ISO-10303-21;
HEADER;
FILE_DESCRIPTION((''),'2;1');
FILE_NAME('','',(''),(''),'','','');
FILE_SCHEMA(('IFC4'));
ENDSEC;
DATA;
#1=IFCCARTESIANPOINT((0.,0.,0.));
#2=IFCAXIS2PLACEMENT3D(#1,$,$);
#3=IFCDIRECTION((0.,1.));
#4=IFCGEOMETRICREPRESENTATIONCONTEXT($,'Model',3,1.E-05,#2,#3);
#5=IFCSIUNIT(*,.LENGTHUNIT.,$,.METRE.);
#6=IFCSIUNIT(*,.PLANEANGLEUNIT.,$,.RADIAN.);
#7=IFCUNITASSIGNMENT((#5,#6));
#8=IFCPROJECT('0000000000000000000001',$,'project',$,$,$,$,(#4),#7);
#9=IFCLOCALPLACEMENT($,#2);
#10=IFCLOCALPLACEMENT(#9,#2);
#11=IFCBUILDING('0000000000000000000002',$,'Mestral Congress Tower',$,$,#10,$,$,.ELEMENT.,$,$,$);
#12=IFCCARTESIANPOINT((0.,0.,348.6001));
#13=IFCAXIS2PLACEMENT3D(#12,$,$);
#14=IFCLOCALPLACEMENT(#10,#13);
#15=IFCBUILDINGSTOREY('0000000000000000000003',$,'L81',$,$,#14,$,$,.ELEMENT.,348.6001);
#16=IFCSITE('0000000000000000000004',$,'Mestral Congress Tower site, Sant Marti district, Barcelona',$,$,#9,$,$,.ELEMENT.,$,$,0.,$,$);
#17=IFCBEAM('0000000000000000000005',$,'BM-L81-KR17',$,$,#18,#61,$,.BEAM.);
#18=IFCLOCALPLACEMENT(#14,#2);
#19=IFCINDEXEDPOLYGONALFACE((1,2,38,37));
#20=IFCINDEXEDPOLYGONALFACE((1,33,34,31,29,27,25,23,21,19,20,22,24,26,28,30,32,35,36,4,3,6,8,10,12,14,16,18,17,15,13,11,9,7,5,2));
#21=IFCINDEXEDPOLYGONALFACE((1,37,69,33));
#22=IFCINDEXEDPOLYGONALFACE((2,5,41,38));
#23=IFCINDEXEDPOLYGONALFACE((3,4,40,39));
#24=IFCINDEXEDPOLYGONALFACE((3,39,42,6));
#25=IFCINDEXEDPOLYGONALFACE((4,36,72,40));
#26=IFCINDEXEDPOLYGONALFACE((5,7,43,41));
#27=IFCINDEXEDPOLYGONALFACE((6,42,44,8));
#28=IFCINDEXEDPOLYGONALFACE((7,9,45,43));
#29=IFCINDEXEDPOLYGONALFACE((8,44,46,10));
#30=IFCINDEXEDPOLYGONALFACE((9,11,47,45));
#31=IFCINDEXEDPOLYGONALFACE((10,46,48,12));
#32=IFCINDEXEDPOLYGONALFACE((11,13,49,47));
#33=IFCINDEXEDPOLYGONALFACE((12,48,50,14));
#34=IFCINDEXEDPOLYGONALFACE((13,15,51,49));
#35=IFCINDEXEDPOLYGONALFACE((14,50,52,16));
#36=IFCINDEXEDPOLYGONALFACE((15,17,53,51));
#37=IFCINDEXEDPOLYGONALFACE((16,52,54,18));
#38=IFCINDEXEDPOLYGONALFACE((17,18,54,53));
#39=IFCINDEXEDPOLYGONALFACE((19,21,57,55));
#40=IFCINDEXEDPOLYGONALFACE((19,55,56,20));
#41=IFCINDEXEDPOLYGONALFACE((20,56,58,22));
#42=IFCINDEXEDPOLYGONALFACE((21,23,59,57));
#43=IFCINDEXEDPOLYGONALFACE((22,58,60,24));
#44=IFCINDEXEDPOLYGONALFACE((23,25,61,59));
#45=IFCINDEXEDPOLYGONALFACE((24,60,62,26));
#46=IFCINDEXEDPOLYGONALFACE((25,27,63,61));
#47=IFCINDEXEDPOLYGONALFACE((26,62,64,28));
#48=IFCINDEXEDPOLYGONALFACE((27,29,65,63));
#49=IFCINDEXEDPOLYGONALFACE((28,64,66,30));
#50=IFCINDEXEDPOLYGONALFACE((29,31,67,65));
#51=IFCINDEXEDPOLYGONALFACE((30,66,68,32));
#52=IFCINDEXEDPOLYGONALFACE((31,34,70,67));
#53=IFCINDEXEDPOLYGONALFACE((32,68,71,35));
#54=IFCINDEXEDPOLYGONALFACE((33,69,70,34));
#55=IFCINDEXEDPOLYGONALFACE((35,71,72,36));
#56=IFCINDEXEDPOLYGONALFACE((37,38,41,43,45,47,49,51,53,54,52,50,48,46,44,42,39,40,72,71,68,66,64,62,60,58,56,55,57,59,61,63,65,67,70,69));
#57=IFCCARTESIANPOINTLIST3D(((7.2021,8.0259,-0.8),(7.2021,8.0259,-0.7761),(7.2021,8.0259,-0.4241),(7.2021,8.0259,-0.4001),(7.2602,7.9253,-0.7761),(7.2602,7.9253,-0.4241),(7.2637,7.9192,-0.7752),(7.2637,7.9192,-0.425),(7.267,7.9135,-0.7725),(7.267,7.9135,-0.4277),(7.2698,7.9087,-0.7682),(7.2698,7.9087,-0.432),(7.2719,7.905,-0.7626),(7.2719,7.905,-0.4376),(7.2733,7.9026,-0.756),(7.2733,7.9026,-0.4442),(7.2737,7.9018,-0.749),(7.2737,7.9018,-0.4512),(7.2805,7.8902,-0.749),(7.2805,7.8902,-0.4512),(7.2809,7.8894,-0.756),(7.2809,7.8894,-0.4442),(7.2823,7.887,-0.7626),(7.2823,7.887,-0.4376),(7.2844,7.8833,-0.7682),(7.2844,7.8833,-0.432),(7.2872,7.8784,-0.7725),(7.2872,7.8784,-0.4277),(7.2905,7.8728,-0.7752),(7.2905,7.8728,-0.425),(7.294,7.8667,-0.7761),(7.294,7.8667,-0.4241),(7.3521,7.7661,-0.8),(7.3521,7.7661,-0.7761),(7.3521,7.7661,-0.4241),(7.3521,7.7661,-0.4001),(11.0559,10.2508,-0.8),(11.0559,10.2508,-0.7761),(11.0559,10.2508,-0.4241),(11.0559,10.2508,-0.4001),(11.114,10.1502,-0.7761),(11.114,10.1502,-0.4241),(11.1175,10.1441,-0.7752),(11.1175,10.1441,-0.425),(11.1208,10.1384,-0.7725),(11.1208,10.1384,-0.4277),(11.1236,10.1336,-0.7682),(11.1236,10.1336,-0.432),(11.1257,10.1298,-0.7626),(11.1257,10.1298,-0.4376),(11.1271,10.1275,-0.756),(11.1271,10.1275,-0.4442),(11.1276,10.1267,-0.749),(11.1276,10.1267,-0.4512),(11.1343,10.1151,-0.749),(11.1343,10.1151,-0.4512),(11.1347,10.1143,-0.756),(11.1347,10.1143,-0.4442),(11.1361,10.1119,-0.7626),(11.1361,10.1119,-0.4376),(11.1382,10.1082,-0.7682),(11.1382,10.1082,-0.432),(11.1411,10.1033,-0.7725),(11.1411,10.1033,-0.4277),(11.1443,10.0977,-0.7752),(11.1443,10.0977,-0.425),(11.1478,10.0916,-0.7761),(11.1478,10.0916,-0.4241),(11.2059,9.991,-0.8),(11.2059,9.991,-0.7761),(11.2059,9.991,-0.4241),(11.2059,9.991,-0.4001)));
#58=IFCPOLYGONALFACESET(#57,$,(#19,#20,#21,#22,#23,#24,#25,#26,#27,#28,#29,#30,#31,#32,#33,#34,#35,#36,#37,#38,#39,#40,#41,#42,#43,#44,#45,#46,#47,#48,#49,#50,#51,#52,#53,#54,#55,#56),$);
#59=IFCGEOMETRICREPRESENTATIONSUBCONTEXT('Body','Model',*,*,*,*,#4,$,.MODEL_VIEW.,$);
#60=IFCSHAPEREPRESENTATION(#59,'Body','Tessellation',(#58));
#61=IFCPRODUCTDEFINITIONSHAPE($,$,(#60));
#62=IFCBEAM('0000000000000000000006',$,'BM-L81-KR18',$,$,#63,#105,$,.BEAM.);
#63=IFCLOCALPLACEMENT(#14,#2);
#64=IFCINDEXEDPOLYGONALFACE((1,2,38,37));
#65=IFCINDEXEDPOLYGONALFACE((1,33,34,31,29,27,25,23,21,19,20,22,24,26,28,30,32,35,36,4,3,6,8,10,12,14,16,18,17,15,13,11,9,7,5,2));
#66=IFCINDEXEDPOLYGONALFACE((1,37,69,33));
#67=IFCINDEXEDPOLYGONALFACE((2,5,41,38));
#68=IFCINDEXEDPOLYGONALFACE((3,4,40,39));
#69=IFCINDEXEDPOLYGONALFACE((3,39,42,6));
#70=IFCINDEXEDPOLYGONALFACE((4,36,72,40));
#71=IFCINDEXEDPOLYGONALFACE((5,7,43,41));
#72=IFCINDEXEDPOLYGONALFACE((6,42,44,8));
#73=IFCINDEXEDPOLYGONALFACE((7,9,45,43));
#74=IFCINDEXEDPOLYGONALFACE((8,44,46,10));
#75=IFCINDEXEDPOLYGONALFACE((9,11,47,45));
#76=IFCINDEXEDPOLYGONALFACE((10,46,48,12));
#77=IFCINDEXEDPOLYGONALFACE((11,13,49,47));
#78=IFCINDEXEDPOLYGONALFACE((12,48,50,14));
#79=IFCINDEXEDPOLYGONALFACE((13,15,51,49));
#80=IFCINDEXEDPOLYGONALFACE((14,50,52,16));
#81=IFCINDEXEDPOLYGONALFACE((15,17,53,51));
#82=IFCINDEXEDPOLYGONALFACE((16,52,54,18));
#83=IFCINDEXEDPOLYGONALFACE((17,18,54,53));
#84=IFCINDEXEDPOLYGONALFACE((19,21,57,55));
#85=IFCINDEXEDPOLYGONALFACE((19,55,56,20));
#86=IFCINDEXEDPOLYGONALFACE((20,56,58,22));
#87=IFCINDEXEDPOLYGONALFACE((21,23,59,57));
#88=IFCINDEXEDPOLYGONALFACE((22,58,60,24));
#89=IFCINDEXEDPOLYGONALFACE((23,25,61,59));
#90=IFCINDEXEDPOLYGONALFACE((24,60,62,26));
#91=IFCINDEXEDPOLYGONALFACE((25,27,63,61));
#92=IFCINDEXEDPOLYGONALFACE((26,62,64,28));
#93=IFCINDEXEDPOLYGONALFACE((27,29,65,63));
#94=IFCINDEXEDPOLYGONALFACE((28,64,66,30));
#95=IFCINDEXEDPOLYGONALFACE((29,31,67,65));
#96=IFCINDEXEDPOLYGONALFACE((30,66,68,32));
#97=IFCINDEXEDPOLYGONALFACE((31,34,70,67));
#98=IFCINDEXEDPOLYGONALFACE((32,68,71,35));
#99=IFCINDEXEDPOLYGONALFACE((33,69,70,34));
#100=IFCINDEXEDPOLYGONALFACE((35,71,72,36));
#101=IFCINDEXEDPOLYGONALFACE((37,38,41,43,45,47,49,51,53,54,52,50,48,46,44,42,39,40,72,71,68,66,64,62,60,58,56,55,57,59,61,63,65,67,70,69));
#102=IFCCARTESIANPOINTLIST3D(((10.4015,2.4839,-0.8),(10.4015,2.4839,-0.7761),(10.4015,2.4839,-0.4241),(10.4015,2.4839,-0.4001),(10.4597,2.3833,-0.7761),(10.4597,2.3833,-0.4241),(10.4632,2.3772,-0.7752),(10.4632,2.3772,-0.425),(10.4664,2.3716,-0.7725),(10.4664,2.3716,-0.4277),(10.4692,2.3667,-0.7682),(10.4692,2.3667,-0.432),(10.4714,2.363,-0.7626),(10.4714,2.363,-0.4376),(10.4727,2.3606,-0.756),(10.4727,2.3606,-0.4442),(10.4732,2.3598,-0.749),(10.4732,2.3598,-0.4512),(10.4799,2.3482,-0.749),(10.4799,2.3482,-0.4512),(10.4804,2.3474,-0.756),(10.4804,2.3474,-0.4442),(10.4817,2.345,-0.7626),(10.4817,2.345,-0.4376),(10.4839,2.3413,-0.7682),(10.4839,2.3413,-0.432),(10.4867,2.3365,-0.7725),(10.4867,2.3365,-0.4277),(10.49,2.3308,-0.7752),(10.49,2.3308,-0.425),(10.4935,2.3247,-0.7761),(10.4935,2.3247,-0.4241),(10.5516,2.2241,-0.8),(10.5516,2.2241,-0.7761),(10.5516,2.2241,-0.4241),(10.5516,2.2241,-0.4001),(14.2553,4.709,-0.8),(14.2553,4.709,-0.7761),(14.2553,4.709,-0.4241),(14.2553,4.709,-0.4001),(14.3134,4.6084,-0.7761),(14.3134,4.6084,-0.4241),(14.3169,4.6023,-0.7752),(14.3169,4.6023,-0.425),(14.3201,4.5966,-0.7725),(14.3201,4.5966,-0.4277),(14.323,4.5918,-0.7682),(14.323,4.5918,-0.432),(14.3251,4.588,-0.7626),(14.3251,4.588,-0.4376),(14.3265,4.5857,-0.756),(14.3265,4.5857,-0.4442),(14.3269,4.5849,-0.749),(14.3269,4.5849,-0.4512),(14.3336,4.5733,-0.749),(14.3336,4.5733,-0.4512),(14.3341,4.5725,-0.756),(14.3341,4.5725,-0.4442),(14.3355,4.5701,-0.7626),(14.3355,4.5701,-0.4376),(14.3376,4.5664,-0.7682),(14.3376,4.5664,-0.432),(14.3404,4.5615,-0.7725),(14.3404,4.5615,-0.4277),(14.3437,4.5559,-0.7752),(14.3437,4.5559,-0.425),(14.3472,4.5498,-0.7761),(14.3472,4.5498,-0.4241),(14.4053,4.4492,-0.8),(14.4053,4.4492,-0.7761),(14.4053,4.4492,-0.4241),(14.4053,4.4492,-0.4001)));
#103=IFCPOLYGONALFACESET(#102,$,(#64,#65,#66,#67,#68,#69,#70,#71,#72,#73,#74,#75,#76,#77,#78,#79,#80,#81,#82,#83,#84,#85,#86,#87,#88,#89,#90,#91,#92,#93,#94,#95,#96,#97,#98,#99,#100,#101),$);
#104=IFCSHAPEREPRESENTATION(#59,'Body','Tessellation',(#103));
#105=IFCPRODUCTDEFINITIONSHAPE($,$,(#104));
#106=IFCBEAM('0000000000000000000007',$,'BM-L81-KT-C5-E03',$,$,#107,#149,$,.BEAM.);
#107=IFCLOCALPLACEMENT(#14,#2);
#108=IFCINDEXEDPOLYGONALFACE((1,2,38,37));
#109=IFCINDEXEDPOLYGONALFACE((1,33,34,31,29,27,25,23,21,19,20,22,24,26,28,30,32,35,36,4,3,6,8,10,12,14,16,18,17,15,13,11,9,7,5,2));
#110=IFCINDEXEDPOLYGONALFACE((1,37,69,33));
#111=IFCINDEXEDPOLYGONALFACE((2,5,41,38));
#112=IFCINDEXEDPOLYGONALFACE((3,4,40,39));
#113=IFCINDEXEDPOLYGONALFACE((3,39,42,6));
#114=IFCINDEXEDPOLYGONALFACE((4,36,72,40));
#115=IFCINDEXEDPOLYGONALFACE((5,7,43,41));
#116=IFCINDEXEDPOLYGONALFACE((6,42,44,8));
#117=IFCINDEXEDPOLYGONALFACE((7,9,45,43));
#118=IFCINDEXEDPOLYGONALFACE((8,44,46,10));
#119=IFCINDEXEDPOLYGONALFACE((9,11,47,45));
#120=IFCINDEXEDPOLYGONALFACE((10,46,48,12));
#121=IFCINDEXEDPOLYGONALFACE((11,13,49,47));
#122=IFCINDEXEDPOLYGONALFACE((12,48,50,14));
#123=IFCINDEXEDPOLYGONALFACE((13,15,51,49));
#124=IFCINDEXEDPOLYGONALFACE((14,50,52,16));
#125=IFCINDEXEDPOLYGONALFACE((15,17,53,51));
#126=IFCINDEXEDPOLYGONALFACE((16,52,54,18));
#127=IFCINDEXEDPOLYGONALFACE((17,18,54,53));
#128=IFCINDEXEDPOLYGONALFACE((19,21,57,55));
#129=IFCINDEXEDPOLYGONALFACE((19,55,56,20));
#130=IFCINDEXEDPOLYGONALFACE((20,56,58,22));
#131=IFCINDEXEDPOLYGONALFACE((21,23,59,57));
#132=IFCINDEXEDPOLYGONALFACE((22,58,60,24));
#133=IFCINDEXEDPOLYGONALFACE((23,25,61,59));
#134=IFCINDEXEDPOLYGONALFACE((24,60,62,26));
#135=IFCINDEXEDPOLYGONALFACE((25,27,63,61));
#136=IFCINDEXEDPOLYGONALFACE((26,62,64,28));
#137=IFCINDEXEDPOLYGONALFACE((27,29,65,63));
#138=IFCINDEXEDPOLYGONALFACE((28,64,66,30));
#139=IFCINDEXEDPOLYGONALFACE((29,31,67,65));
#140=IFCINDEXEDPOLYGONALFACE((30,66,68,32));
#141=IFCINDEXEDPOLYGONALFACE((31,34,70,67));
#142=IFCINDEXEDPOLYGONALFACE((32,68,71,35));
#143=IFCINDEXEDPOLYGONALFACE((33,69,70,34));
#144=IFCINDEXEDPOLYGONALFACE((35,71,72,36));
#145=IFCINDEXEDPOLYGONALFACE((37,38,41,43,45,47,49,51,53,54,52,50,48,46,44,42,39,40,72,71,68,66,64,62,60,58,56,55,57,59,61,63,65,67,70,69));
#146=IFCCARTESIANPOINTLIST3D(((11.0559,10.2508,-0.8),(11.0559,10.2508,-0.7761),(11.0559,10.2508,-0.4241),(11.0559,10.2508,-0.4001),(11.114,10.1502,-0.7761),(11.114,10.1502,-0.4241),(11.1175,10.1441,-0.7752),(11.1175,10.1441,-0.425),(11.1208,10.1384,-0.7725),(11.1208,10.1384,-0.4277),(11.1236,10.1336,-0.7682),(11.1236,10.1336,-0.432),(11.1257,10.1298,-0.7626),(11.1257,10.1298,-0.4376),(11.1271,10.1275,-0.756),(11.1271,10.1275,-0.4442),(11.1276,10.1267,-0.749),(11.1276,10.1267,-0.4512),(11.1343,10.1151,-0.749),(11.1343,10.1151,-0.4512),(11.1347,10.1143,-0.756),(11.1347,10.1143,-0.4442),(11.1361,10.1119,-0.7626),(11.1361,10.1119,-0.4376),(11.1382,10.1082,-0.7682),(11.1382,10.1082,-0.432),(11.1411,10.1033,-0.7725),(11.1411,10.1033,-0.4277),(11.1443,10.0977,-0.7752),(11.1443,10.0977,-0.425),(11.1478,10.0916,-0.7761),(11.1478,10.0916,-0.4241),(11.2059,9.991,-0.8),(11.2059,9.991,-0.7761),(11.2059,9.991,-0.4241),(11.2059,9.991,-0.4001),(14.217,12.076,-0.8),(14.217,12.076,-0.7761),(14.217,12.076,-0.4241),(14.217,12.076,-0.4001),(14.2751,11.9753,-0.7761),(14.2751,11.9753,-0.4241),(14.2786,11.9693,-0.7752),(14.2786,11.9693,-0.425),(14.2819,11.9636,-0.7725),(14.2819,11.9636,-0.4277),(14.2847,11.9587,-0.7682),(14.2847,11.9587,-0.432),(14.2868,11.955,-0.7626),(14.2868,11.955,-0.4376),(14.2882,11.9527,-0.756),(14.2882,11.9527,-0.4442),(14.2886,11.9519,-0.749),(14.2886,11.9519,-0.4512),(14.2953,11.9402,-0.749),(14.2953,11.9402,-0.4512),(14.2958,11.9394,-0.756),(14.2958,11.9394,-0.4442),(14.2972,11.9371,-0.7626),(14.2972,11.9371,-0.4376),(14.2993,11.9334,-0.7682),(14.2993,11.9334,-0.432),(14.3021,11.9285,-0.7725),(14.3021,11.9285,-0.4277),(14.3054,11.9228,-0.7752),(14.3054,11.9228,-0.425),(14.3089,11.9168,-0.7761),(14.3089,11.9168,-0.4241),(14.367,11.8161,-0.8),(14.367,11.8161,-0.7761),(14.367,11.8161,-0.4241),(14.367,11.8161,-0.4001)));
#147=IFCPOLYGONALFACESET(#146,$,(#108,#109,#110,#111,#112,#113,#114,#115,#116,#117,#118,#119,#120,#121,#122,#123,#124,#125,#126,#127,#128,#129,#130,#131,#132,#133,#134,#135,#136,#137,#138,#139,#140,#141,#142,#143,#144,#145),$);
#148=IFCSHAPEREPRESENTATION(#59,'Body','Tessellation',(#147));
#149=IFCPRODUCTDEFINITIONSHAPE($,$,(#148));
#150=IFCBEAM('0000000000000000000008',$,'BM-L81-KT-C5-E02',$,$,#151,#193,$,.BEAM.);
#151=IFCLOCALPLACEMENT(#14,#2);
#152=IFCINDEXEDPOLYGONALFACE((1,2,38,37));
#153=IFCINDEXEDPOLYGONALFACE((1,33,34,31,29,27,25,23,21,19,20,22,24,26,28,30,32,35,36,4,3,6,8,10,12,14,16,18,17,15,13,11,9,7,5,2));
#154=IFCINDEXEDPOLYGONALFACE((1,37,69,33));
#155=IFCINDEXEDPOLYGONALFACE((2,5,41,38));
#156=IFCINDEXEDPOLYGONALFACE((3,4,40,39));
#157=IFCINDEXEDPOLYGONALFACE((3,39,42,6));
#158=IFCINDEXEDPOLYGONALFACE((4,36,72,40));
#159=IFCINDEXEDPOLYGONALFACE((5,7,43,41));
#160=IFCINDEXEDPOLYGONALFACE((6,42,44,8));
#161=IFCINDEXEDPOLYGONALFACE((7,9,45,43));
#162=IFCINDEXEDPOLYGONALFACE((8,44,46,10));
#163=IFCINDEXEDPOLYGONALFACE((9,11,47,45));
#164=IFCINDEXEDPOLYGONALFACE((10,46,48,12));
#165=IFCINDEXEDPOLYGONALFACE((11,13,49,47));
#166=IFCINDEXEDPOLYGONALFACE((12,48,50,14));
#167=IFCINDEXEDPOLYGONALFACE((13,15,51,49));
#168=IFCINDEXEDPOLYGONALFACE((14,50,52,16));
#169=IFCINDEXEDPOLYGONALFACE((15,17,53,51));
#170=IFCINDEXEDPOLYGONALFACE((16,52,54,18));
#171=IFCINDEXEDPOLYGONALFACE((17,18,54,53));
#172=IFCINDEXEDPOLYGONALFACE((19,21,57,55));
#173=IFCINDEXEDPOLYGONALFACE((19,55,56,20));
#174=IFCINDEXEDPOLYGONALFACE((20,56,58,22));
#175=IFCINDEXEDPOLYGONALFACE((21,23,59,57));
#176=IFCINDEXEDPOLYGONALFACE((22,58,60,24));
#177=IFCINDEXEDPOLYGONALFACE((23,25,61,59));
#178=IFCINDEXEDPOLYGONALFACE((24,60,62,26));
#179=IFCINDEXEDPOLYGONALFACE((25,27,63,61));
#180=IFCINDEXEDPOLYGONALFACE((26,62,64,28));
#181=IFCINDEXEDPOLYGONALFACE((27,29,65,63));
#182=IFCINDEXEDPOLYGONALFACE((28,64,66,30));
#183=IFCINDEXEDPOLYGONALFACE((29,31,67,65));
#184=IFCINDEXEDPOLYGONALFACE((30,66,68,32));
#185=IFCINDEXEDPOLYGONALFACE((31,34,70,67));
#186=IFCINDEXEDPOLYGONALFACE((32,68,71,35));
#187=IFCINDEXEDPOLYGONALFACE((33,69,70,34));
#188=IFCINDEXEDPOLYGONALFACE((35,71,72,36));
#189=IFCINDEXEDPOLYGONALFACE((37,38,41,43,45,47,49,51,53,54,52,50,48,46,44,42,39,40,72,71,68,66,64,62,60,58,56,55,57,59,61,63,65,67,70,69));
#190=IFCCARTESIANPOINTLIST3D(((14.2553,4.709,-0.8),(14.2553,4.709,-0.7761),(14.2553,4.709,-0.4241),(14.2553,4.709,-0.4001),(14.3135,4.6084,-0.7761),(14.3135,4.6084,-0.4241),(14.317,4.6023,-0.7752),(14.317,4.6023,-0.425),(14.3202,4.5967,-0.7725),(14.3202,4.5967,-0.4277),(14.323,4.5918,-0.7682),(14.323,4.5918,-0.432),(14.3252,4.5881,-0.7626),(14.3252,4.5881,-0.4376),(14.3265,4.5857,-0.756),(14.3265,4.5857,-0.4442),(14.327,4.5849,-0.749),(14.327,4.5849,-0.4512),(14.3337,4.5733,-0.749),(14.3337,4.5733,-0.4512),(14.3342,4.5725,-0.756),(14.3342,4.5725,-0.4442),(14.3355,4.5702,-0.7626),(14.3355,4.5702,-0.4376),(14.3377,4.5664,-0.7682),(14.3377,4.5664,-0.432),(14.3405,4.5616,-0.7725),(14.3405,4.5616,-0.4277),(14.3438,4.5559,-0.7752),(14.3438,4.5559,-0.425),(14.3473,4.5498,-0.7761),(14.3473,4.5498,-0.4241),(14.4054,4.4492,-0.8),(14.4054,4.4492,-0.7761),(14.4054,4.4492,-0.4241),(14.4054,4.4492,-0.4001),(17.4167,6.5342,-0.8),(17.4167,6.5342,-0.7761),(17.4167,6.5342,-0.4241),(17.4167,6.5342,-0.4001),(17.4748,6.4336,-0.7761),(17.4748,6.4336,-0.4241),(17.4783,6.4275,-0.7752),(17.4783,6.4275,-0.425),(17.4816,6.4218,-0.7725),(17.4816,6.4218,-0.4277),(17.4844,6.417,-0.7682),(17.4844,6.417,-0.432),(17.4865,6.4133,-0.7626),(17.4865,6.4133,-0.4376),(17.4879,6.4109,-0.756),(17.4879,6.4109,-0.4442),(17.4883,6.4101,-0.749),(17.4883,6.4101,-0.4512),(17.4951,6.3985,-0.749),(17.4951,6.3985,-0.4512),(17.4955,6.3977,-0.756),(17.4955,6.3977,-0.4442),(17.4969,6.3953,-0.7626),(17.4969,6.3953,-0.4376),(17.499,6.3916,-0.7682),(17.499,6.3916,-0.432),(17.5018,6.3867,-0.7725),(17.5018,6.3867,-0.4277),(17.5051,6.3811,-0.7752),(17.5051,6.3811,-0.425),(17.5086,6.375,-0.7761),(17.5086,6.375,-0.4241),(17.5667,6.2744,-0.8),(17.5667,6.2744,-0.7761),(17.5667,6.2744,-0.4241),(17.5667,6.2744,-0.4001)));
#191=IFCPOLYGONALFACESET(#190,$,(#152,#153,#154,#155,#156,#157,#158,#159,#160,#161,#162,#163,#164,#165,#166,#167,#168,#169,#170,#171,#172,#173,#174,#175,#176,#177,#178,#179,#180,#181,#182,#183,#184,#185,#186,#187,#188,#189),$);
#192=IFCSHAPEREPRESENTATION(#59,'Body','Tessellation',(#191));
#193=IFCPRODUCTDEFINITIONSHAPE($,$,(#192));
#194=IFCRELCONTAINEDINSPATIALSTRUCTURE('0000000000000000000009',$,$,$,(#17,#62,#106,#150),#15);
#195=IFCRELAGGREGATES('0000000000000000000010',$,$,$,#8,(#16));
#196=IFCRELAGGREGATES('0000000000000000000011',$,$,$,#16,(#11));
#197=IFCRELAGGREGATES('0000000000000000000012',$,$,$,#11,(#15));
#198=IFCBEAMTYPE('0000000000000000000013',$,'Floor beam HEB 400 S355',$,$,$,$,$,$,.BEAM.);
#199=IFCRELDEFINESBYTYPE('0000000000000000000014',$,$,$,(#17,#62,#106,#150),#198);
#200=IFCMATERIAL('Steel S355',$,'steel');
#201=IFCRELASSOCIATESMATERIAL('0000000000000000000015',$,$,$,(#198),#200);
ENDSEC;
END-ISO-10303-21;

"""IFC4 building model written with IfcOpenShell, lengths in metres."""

from ifc_helpers import new_model, si_unit, direction, frame, origin, origin_2d, place, context, subcontext, project, spatial, i_section, extrude, material, material_profile, profile_set, type_object, element, save


model = new_model("IFC4")

# Units and contexts
model_context = context("Model", 3, precision=1e-05, world=origin(), true_north=direction((0.0, 1.0)))
body_context = subcontext(model_context, "Body", "Model", "MODEL_VIEW")
ifc_project = project(units=[si_unit("LENGTHUNIT", "METRE"), si_unit("PLANEANGLEUNIT", "RADIAN")], contexts=[model_context])

# Site, building, storey
site_placement = place(None, origin())
site = spatial("IfcSite", under=ifc_project, at=site_placement, Name="Mestral Congress Tower site, Sant Marti district, Barcelona", CompositionType="ELEMENT", RefElevation=0.0)
building_placement = place(site_placement, origin())
building = spatial("IfcBuilding", under=site, at=building_placement, Name="Mestral Congress Tower", CompositionType="ELEMENT")
storey_placement = place(building_placement, frame((0.0, 0.0, 348.6001)))
storey = spatial("IfcBuildingStorey", under=building, at=storey_placement, Name="L81", CompositionType="ELEMENT", Elevation=348.6001)

# Beams
ifc_material_1 = material(Name="Steel S355", Category="steel")
ifc_material_profile_1 = material_profile(ifc_material_1, i_section(OverallWidth=0.3, OverallDepth=0.3999, WebThickness=0.0134, FlangeThickness=0.0239, FilletRadius=0.0271, at=origin_2d()), Name="HEB 400")
ifc_profile_set_1 = profile_set([ifc_material_profile_1], Name="Steel S355")
beam_type_1 = type_object("IfcBeamType", Name="Floor beam HEB 400 S355", PredefinedType="BEAM", material=ifc_profile_set_1)
for number, where, z_axis, x_axis, name in (
    (1, (7.2771, 7.896, -0.6001), (0.866037, 0.49998, 0.0), (-0.49998, 0.866037, 0.0), "BM-L81-KR17"),
    (2, (10.4766, 2.354, -0.6001), (0.866013, 0.500022, 0.0), (-0.500022, 0.866013, 0.0), "BM-L81-KR18"),
):
    element("IfcBeam", number, at=place(storey_placement, frame(where, z_axis=z_axis, x_axis=x_axis)), inside=storey, type_object=beam_type_1, Name=name, PredefinedType="BEAM", context=body_context, shape_type="SweptSolid", body=[
        extrude(i_section(OverallWidth=0.3, OverallDepth=0.3999, WebThickness=0.0134, FlangeThickness=0.0239, FilletRadius=0.0271, at=origin_2d()), origin(), (0.0, 0.0, 1.0), 4.45),
    ])
beam_1_placement = place(storey_placement, frame((14.292, 11.946, -0.6001), z_axis=(-0.866012, -0.500024, 0.0), x_axis=(0.500024, -0.866012, 0.0)))
element("IfcBeam", 3, at=beam_1_placement, inside=storey, type_object=beam_type_1, Name="BM-L81-KT-C5-E03", PredefinedType="BEAM", context=body_context, shape_type="SweptSolid", body=[
    extrude(i_section(OverallWidth=0.3, OverallDepth=0.3999, WebThickness=0.0134, FlangeThickness=0.0239, FilletRadius=0.0271, at=origin_2d()), origin(), (0.0, 0.0, 1.0), 3.6501),
])
beam_2_placement = place(storey_placement, frame((17.4917, 6.4043, -0.6001), z_axis=(-0.866029, -0.499995, 0.0), x_axis=(0.499995, -0.866029, 0.0)))
element("IfcBeam", 4, at=beam_2_placement, inside=storey, type_object=beam_type_1, Name="BM-L81-KT-C5-E02", PredefinedType="BEAM", context=body_context, shape_type="SweptSolid", body=[
    extrude(i_section(OverallWidth=0.3, OverallDepth=0.3999, WebThickness=0.0134, FlangeThickness=0.0239, FilletRadius=0.0271, at=origin_2d()), origin(), (0.0, 0.0, 1.0), 3.6504),
])

save(model, "model.ifc")
